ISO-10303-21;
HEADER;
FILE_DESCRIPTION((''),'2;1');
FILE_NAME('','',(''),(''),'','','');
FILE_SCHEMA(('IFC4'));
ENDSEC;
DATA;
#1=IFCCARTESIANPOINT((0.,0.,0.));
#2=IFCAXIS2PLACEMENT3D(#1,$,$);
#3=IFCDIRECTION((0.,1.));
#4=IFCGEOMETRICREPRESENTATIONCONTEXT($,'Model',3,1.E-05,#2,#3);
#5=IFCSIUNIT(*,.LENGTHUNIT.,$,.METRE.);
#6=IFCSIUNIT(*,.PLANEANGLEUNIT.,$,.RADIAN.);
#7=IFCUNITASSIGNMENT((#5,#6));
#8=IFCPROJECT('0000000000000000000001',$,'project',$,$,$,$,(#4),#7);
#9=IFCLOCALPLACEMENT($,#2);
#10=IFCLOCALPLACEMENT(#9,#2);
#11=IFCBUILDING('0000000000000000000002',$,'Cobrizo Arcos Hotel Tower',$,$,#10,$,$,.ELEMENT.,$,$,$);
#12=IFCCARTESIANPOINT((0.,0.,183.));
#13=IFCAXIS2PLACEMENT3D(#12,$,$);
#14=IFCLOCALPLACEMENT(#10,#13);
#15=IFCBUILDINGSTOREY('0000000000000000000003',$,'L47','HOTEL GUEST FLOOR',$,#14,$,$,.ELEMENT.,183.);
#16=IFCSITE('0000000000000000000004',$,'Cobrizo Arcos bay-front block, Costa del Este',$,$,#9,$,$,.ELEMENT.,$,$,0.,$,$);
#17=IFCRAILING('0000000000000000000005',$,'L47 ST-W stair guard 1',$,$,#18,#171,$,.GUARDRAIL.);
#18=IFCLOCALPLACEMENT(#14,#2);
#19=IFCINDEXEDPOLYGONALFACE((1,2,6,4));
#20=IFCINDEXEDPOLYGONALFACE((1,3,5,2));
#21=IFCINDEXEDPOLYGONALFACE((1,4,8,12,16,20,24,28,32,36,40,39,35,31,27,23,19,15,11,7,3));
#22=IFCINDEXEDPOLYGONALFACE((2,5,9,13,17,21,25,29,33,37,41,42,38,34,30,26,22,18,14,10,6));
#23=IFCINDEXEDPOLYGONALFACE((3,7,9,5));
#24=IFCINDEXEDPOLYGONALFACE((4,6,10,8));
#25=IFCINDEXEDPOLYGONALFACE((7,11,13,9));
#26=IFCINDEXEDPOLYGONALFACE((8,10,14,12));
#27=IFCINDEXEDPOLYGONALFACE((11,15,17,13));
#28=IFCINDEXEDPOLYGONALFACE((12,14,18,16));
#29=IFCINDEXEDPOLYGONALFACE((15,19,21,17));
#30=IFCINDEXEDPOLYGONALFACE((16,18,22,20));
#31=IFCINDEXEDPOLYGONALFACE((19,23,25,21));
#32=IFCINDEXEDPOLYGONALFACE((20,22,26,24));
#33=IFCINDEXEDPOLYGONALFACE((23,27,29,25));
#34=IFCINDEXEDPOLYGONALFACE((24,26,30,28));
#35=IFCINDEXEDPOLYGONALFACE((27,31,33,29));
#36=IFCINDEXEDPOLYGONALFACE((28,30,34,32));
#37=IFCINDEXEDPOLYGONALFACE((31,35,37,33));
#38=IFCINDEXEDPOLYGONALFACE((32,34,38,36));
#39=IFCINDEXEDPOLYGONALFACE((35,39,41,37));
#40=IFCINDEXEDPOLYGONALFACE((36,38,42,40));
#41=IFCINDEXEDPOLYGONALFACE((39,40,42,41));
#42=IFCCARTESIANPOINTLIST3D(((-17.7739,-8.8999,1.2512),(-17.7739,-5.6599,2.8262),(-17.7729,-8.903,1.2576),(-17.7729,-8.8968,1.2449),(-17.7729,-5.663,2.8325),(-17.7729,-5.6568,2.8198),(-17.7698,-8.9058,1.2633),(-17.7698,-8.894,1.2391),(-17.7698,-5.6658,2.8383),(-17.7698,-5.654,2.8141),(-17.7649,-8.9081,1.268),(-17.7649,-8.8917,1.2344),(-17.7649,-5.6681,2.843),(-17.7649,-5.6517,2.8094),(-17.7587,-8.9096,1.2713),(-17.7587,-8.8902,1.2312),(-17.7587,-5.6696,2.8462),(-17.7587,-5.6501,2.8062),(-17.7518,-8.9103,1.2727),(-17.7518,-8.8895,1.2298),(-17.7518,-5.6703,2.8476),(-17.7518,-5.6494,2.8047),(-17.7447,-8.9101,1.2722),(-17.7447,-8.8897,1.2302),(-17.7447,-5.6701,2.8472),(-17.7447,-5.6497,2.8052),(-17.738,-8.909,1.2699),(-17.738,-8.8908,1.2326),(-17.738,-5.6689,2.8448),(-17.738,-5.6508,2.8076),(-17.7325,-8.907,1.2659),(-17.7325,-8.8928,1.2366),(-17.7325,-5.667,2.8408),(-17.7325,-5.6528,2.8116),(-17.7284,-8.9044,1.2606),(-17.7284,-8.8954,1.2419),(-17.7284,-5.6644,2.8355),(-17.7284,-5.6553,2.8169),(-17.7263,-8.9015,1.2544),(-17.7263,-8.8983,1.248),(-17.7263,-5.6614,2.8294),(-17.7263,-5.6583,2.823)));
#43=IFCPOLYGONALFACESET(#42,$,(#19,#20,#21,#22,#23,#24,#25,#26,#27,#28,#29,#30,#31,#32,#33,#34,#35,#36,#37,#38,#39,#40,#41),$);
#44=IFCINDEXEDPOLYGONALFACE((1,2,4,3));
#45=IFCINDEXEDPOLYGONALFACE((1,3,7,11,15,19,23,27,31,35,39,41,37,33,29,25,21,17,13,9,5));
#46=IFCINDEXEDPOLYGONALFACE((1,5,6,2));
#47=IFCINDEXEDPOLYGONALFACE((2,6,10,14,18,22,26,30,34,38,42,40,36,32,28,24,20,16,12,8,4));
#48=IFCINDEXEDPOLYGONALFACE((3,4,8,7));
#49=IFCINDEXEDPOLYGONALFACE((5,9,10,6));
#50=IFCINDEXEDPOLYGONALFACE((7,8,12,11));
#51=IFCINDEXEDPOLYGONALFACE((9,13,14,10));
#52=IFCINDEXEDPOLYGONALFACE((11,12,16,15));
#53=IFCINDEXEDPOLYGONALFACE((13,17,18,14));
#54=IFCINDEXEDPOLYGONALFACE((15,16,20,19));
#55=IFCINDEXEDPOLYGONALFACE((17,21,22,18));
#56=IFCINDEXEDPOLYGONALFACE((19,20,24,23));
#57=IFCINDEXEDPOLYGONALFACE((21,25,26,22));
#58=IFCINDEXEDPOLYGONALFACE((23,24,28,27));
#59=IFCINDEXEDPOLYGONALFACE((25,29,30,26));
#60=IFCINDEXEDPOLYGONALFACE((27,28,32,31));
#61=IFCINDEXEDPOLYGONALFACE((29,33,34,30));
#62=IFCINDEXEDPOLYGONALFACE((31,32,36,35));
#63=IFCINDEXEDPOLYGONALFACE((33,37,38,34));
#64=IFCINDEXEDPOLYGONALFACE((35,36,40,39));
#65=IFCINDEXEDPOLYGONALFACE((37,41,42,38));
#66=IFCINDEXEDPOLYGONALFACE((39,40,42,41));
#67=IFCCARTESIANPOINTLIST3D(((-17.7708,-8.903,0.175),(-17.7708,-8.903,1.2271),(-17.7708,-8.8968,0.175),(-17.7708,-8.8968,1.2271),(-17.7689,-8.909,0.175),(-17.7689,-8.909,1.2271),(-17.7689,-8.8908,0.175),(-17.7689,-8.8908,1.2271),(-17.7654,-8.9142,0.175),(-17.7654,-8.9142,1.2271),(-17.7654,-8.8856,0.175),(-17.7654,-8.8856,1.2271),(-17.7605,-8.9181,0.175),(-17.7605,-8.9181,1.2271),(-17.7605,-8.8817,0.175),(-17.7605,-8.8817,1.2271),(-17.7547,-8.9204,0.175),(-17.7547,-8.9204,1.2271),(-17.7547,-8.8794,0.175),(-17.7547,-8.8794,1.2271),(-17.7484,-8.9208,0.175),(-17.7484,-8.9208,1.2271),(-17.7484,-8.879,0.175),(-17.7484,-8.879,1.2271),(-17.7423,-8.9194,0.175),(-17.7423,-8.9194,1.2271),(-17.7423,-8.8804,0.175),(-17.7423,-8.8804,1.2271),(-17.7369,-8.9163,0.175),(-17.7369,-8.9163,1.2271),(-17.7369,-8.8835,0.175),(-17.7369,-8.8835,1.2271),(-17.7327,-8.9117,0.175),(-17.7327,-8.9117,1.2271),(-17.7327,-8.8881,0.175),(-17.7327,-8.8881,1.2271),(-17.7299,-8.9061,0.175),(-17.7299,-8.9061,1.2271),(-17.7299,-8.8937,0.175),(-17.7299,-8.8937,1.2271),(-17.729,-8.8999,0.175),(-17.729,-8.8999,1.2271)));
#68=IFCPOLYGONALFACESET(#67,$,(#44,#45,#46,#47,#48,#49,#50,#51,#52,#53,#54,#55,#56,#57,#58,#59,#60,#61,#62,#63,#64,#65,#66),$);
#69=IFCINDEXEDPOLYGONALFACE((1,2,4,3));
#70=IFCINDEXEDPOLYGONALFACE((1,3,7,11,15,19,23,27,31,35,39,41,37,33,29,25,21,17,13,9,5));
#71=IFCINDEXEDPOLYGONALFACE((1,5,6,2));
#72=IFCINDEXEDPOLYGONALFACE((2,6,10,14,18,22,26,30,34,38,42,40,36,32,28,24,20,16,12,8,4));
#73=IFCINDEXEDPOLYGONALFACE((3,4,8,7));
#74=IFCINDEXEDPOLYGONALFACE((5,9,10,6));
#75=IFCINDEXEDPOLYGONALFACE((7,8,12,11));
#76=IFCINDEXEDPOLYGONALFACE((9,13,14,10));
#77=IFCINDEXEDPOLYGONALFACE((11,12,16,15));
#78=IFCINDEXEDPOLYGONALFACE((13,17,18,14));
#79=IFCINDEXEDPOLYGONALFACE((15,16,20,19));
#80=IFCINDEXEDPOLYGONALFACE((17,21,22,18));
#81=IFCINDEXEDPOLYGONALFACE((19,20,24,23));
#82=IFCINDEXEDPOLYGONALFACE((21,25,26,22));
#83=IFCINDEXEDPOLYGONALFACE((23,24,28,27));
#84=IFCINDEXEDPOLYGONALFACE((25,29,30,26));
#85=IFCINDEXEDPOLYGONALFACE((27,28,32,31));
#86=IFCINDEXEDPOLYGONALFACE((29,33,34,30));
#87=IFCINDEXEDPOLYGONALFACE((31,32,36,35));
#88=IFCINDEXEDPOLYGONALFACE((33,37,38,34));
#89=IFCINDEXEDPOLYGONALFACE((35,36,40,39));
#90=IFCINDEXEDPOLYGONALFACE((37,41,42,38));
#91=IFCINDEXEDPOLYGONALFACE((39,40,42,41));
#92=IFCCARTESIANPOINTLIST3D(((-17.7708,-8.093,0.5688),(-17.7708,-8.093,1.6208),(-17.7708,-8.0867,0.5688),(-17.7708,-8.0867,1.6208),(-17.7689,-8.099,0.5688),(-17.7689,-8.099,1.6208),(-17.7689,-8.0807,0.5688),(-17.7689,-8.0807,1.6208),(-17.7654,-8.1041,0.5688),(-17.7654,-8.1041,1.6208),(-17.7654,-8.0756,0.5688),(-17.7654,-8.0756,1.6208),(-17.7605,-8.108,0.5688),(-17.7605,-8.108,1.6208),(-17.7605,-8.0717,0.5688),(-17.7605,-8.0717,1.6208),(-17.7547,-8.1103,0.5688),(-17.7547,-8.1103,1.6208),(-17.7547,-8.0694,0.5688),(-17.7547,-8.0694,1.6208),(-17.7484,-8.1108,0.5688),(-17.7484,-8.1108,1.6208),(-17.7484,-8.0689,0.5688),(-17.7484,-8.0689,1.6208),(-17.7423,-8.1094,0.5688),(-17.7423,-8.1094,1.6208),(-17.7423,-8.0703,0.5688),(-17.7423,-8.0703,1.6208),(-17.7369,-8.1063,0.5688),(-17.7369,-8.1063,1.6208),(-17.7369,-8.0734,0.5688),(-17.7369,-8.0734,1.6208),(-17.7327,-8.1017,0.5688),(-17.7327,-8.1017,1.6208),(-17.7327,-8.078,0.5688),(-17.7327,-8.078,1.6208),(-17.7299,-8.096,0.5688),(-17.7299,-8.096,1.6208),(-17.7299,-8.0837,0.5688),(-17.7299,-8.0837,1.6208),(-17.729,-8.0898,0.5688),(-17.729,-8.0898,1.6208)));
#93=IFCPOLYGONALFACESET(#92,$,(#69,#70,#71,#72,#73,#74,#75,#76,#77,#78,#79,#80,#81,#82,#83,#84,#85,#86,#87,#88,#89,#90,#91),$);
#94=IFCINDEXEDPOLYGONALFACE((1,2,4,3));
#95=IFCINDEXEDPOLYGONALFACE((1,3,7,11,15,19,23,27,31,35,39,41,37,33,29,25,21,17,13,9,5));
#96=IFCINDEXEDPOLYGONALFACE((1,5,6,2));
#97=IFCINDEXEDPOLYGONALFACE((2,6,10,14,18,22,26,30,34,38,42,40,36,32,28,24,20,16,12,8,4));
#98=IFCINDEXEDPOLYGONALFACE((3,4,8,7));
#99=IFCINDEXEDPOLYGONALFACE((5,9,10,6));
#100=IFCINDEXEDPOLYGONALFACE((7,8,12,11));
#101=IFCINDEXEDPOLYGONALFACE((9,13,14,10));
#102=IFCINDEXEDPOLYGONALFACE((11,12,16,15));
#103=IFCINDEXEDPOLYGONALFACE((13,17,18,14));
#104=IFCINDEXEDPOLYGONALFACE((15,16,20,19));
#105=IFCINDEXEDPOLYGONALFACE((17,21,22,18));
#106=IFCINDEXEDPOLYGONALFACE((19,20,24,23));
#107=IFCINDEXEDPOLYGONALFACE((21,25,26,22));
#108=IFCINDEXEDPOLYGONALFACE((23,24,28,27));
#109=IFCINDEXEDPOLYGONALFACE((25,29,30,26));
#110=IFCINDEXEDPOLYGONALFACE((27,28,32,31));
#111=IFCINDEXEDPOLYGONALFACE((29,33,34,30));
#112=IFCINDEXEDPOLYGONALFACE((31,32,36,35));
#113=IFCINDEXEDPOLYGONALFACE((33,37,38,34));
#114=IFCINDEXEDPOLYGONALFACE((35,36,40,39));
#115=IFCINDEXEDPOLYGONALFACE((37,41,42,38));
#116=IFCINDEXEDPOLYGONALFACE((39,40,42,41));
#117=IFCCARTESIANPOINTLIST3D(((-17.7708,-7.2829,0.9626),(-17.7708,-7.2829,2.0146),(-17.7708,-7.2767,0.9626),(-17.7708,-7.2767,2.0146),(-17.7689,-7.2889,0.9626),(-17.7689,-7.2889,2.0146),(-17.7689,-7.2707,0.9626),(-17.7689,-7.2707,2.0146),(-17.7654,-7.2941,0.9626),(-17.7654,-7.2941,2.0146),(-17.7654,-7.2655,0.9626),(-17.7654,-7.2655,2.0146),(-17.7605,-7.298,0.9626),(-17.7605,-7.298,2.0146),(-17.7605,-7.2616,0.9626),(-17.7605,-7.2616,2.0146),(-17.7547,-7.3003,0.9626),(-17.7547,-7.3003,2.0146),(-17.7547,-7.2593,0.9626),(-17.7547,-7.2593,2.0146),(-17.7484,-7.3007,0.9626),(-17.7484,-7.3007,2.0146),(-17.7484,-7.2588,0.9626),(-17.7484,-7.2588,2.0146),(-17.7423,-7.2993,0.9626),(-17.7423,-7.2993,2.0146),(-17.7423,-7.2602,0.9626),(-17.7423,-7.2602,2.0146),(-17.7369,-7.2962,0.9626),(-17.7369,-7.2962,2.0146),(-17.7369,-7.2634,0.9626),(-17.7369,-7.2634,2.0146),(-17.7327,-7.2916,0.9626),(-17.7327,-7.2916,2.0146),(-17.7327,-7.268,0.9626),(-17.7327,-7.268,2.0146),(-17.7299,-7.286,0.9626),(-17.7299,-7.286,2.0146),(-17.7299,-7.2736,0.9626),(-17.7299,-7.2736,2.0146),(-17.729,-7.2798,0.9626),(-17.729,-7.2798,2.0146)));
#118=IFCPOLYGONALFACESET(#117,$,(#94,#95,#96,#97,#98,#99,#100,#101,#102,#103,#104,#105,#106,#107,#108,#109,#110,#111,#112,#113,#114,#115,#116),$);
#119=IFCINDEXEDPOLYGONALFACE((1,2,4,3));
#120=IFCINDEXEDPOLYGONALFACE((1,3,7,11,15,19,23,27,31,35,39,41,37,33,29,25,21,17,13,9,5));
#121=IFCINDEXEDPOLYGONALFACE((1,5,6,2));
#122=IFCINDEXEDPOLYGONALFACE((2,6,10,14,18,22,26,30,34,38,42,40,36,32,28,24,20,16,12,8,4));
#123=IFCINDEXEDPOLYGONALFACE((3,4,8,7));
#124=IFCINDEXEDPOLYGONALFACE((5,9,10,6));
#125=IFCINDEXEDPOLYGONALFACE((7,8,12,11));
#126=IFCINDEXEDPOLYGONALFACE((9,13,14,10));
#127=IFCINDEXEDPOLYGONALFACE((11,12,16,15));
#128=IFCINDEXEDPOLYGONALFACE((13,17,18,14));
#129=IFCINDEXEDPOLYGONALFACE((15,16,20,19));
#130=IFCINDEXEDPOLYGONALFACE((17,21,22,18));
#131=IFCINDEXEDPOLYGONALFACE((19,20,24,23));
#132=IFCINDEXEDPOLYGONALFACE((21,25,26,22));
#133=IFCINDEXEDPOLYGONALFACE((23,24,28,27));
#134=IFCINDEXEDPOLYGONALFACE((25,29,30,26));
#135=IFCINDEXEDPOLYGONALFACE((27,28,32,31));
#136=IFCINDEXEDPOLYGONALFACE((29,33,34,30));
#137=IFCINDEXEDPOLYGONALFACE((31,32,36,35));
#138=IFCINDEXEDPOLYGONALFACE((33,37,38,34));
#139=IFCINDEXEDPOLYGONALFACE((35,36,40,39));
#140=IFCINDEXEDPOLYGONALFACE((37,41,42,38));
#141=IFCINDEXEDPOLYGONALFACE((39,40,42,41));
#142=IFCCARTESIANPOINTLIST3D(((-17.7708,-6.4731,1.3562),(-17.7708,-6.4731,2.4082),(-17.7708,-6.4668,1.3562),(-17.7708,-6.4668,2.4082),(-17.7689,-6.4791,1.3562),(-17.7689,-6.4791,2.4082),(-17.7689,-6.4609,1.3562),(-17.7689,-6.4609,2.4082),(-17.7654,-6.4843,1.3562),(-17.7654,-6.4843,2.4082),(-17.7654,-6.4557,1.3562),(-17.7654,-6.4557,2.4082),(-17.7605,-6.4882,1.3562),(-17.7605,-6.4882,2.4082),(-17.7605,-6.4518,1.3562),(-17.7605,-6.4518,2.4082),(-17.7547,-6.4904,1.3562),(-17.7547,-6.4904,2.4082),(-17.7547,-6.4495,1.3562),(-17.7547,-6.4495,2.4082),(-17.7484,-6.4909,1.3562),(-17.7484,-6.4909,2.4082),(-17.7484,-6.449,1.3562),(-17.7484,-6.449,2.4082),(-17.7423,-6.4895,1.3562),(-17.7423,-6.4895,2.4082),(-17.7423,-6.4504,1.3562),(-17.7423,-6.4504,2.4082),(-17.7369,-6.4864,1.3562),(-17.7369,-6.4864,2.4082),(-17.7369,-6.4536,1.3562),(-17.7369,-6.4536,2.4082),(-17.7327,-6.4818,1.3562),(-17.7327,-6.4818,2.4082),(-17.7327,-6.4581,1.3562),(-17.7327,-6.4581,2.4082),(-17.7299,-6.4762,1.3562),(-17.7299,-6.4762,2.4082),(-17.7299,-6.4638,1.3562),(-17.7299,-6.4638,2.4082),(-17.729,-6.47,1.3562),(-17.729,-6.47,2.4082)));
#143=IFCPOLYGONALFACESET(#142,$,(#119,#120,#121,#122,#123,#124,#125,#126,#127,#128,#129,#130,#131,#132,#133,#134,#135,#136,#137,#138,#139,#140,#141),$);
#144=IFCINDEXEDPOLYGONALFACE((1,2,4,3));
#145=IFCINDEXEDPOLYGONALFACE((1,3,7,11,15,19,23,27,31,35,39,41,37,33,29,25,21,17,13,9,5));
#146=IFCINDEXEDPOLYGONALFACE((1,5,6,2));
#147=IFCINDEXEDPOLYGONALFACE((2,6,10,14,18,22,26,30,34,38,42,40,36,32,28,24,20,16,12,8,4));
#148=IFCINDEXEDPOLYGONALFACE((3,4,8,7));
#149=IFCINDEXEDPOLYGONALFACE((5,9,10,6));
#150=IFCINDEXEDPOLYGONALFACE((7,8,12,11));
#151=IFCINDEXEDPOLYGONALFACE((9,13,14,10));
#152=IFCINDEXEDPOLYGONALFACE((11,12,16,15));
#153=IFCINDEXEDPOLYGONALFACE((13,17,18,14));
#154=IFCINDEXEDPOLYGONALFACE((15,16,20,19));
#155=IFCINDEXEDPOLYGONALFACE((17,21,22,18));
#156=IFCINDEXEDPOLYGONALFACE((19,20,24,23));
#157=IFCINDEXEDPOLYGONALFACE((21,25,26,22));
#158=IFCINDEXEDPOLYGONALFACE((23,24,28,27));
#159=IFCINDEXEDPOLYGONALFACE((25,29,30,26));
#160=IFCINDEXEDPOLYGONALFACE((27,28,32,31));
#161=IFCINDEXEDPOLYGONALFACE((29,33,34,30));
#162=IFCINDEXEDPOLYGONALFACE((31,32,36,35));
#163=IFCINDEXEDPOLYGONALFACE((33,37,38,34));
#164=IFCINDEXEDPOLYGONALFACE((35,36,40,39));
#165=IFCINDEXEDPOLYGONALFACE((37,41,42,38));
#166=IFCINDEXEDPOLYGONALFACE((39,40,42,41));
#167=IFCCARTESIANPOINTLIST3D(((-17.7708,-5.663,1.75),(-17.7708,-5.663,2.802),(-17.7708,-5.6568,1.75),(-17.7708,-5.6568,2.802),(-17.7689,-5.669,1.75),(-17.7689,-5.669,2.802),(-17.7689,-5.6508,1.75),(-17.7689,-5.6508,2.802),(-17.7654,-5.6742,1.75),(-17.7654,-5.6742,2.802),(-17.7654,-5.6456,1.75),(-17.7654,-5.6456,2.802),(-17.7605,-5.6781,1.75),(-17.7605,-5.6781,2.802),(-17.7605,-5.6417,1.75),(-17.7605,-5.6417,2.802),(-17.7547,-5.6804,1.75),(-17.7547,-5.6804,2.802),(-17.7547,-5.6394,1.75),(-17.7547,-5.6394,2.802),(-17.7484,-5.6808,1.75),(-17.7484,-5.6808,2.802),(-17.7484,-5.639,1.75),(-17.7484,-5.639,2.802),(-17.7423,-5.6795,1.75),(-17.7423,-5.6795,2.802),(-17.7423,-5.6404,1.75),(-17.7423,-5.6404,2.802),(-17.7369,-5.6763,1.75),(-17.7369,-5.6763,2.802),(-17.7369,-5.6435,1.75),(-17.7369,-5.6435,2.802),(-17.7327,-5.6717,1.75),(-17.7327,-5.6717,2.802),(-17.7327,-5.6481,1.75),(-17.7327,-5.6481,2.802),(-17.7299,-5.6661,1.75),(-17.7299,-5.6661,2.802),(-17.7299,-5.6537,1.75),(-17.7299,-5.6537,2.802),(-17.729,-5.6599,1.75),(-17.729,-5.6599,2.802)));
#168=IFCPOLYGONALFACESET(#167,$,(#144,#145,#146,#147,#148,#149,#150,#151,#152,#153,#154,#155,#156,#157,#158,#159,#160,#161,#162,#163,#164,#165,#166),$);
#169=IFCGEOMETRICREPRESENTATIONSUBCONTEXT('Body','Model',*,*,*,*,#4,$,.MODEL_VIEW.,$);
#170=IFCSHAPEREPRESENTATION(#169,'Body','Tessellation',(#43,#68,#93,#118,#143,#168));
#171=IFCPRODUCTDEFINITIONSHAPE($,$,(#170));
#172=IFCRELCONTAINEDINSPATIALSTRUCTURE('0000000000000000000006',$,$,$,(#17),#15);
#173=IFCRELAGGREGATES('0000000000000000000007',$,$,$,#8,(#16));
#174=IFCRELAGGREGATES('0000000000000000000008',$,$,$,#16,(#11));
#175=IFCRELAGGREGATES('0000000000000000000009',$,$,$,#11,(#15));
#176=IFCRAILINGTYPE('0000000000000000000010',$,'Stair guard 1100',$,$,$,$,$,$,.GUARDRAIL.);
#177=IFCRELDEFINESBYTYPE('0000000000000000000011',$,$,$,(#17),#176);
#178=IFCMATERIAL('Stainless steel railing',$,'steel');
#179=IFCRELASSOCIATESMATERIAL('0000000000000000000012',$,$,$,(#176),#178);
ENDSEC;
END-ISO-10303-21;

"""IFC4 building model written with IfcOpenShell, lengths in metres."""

from ifc_helpers import new_model, si_unit, direction, frame, origin, origin_2d, place, context, subcontext, project, spatial, circle, extrude, material, type_object, element, save


model = new_model("IFC4")

# Units and contexts
model_context = context("Model", 3, precision=1e-05, world=origin(), true_north=direction((0.0, 1.0)))
body_context = subcontext(model_context, "Body", "Model", "MODEL_VIEW")
ifc_project = project(units=[si_unit("LENGTHUNIT", "METRE"), si_unit("PLANEANGLEUNIT", "RADIAN")], contexts=[model_context])

# Site, building, storey
site_placement = place(None, origin())
site = spatial("IfcSite", under=ifc_project, at=site_placement, Name="Cobrizo Arcos bay-front block, Costa del Este", CompositionType="ELEMENT", RefElevation=0.0)
building_placement = place(site_placement, origin())
building = spatial("IfcBuilding", under=site, at=building_placement, Name="Cobrizo Arcos Hotel Tower", CompositionType="ELEMENT")
storey_placement = place(building_placement, frame((0.0, 0.0, 183.0)))
storey = spatial("IfcBuildingStorey", under=building, at=storey_placement, Name="L47", Description="HOTEL GUEST FLOOR", CompositionType="ELEMENT", Elevation=183.0)

# Railing
ifc_material_1 = material(Name="Stainless steel railing", Category="steel")
railing_type_1 = type_object("IfcRailingType", Name="Stair guard 1100", PredefinedType="GUARDRAIL", material=ifc_material_1)
railing_1_placement = place(storey_placement, frame((-17.75, -8.8999, 0.175)))
element("IfcRailing", 1, at=railing_1_placement, inside=storey, type_object=railing_type_1, Name="L47 ST-W stair guard 1", PredefinedType="GUARDRAIL", context=body_context, shape_type="SweptSolid", body=[
    extrude(circle(Radius=0.0239, at=origin_2d()), frame((0.0, 0.0, 1.0762), z_axis=(0.0, 0.899373, 0.437183), x_axis=(-1.0, 0.0, 0.0)), (0.0, 0.0, 1.0), 3.6025),
    extrude(circle(Radius=0.021, at=origin_2d()), origin(), (0.0, 0.0, 1.0), 1.052),
    extrude(circle(Radius=0.021, at=origin_2d()), frame((0.0, 0.8101, 0.3938)), (0.0, 0.0, 1.0), 1.052),
    extrude(circle(Radius=0.021, at=origin_2d()), frame((0.0, 1.6201, 0.7876)), (0.0, 0.0, 1.0), 1.052),
    extrude(circle(Radius=0.021, at=origin_2d()), frame((0.0, 2.4299, 1.1812)), (0.0, 0.0, 1.0), 1.052),
    extrude(circle(Radius=0.021, at=origin_2d()), frame((0.0, 3.24, 1.575)), (0.0, 0.0, 1.0), 1.052),
])

save(model, "model.ifc")
